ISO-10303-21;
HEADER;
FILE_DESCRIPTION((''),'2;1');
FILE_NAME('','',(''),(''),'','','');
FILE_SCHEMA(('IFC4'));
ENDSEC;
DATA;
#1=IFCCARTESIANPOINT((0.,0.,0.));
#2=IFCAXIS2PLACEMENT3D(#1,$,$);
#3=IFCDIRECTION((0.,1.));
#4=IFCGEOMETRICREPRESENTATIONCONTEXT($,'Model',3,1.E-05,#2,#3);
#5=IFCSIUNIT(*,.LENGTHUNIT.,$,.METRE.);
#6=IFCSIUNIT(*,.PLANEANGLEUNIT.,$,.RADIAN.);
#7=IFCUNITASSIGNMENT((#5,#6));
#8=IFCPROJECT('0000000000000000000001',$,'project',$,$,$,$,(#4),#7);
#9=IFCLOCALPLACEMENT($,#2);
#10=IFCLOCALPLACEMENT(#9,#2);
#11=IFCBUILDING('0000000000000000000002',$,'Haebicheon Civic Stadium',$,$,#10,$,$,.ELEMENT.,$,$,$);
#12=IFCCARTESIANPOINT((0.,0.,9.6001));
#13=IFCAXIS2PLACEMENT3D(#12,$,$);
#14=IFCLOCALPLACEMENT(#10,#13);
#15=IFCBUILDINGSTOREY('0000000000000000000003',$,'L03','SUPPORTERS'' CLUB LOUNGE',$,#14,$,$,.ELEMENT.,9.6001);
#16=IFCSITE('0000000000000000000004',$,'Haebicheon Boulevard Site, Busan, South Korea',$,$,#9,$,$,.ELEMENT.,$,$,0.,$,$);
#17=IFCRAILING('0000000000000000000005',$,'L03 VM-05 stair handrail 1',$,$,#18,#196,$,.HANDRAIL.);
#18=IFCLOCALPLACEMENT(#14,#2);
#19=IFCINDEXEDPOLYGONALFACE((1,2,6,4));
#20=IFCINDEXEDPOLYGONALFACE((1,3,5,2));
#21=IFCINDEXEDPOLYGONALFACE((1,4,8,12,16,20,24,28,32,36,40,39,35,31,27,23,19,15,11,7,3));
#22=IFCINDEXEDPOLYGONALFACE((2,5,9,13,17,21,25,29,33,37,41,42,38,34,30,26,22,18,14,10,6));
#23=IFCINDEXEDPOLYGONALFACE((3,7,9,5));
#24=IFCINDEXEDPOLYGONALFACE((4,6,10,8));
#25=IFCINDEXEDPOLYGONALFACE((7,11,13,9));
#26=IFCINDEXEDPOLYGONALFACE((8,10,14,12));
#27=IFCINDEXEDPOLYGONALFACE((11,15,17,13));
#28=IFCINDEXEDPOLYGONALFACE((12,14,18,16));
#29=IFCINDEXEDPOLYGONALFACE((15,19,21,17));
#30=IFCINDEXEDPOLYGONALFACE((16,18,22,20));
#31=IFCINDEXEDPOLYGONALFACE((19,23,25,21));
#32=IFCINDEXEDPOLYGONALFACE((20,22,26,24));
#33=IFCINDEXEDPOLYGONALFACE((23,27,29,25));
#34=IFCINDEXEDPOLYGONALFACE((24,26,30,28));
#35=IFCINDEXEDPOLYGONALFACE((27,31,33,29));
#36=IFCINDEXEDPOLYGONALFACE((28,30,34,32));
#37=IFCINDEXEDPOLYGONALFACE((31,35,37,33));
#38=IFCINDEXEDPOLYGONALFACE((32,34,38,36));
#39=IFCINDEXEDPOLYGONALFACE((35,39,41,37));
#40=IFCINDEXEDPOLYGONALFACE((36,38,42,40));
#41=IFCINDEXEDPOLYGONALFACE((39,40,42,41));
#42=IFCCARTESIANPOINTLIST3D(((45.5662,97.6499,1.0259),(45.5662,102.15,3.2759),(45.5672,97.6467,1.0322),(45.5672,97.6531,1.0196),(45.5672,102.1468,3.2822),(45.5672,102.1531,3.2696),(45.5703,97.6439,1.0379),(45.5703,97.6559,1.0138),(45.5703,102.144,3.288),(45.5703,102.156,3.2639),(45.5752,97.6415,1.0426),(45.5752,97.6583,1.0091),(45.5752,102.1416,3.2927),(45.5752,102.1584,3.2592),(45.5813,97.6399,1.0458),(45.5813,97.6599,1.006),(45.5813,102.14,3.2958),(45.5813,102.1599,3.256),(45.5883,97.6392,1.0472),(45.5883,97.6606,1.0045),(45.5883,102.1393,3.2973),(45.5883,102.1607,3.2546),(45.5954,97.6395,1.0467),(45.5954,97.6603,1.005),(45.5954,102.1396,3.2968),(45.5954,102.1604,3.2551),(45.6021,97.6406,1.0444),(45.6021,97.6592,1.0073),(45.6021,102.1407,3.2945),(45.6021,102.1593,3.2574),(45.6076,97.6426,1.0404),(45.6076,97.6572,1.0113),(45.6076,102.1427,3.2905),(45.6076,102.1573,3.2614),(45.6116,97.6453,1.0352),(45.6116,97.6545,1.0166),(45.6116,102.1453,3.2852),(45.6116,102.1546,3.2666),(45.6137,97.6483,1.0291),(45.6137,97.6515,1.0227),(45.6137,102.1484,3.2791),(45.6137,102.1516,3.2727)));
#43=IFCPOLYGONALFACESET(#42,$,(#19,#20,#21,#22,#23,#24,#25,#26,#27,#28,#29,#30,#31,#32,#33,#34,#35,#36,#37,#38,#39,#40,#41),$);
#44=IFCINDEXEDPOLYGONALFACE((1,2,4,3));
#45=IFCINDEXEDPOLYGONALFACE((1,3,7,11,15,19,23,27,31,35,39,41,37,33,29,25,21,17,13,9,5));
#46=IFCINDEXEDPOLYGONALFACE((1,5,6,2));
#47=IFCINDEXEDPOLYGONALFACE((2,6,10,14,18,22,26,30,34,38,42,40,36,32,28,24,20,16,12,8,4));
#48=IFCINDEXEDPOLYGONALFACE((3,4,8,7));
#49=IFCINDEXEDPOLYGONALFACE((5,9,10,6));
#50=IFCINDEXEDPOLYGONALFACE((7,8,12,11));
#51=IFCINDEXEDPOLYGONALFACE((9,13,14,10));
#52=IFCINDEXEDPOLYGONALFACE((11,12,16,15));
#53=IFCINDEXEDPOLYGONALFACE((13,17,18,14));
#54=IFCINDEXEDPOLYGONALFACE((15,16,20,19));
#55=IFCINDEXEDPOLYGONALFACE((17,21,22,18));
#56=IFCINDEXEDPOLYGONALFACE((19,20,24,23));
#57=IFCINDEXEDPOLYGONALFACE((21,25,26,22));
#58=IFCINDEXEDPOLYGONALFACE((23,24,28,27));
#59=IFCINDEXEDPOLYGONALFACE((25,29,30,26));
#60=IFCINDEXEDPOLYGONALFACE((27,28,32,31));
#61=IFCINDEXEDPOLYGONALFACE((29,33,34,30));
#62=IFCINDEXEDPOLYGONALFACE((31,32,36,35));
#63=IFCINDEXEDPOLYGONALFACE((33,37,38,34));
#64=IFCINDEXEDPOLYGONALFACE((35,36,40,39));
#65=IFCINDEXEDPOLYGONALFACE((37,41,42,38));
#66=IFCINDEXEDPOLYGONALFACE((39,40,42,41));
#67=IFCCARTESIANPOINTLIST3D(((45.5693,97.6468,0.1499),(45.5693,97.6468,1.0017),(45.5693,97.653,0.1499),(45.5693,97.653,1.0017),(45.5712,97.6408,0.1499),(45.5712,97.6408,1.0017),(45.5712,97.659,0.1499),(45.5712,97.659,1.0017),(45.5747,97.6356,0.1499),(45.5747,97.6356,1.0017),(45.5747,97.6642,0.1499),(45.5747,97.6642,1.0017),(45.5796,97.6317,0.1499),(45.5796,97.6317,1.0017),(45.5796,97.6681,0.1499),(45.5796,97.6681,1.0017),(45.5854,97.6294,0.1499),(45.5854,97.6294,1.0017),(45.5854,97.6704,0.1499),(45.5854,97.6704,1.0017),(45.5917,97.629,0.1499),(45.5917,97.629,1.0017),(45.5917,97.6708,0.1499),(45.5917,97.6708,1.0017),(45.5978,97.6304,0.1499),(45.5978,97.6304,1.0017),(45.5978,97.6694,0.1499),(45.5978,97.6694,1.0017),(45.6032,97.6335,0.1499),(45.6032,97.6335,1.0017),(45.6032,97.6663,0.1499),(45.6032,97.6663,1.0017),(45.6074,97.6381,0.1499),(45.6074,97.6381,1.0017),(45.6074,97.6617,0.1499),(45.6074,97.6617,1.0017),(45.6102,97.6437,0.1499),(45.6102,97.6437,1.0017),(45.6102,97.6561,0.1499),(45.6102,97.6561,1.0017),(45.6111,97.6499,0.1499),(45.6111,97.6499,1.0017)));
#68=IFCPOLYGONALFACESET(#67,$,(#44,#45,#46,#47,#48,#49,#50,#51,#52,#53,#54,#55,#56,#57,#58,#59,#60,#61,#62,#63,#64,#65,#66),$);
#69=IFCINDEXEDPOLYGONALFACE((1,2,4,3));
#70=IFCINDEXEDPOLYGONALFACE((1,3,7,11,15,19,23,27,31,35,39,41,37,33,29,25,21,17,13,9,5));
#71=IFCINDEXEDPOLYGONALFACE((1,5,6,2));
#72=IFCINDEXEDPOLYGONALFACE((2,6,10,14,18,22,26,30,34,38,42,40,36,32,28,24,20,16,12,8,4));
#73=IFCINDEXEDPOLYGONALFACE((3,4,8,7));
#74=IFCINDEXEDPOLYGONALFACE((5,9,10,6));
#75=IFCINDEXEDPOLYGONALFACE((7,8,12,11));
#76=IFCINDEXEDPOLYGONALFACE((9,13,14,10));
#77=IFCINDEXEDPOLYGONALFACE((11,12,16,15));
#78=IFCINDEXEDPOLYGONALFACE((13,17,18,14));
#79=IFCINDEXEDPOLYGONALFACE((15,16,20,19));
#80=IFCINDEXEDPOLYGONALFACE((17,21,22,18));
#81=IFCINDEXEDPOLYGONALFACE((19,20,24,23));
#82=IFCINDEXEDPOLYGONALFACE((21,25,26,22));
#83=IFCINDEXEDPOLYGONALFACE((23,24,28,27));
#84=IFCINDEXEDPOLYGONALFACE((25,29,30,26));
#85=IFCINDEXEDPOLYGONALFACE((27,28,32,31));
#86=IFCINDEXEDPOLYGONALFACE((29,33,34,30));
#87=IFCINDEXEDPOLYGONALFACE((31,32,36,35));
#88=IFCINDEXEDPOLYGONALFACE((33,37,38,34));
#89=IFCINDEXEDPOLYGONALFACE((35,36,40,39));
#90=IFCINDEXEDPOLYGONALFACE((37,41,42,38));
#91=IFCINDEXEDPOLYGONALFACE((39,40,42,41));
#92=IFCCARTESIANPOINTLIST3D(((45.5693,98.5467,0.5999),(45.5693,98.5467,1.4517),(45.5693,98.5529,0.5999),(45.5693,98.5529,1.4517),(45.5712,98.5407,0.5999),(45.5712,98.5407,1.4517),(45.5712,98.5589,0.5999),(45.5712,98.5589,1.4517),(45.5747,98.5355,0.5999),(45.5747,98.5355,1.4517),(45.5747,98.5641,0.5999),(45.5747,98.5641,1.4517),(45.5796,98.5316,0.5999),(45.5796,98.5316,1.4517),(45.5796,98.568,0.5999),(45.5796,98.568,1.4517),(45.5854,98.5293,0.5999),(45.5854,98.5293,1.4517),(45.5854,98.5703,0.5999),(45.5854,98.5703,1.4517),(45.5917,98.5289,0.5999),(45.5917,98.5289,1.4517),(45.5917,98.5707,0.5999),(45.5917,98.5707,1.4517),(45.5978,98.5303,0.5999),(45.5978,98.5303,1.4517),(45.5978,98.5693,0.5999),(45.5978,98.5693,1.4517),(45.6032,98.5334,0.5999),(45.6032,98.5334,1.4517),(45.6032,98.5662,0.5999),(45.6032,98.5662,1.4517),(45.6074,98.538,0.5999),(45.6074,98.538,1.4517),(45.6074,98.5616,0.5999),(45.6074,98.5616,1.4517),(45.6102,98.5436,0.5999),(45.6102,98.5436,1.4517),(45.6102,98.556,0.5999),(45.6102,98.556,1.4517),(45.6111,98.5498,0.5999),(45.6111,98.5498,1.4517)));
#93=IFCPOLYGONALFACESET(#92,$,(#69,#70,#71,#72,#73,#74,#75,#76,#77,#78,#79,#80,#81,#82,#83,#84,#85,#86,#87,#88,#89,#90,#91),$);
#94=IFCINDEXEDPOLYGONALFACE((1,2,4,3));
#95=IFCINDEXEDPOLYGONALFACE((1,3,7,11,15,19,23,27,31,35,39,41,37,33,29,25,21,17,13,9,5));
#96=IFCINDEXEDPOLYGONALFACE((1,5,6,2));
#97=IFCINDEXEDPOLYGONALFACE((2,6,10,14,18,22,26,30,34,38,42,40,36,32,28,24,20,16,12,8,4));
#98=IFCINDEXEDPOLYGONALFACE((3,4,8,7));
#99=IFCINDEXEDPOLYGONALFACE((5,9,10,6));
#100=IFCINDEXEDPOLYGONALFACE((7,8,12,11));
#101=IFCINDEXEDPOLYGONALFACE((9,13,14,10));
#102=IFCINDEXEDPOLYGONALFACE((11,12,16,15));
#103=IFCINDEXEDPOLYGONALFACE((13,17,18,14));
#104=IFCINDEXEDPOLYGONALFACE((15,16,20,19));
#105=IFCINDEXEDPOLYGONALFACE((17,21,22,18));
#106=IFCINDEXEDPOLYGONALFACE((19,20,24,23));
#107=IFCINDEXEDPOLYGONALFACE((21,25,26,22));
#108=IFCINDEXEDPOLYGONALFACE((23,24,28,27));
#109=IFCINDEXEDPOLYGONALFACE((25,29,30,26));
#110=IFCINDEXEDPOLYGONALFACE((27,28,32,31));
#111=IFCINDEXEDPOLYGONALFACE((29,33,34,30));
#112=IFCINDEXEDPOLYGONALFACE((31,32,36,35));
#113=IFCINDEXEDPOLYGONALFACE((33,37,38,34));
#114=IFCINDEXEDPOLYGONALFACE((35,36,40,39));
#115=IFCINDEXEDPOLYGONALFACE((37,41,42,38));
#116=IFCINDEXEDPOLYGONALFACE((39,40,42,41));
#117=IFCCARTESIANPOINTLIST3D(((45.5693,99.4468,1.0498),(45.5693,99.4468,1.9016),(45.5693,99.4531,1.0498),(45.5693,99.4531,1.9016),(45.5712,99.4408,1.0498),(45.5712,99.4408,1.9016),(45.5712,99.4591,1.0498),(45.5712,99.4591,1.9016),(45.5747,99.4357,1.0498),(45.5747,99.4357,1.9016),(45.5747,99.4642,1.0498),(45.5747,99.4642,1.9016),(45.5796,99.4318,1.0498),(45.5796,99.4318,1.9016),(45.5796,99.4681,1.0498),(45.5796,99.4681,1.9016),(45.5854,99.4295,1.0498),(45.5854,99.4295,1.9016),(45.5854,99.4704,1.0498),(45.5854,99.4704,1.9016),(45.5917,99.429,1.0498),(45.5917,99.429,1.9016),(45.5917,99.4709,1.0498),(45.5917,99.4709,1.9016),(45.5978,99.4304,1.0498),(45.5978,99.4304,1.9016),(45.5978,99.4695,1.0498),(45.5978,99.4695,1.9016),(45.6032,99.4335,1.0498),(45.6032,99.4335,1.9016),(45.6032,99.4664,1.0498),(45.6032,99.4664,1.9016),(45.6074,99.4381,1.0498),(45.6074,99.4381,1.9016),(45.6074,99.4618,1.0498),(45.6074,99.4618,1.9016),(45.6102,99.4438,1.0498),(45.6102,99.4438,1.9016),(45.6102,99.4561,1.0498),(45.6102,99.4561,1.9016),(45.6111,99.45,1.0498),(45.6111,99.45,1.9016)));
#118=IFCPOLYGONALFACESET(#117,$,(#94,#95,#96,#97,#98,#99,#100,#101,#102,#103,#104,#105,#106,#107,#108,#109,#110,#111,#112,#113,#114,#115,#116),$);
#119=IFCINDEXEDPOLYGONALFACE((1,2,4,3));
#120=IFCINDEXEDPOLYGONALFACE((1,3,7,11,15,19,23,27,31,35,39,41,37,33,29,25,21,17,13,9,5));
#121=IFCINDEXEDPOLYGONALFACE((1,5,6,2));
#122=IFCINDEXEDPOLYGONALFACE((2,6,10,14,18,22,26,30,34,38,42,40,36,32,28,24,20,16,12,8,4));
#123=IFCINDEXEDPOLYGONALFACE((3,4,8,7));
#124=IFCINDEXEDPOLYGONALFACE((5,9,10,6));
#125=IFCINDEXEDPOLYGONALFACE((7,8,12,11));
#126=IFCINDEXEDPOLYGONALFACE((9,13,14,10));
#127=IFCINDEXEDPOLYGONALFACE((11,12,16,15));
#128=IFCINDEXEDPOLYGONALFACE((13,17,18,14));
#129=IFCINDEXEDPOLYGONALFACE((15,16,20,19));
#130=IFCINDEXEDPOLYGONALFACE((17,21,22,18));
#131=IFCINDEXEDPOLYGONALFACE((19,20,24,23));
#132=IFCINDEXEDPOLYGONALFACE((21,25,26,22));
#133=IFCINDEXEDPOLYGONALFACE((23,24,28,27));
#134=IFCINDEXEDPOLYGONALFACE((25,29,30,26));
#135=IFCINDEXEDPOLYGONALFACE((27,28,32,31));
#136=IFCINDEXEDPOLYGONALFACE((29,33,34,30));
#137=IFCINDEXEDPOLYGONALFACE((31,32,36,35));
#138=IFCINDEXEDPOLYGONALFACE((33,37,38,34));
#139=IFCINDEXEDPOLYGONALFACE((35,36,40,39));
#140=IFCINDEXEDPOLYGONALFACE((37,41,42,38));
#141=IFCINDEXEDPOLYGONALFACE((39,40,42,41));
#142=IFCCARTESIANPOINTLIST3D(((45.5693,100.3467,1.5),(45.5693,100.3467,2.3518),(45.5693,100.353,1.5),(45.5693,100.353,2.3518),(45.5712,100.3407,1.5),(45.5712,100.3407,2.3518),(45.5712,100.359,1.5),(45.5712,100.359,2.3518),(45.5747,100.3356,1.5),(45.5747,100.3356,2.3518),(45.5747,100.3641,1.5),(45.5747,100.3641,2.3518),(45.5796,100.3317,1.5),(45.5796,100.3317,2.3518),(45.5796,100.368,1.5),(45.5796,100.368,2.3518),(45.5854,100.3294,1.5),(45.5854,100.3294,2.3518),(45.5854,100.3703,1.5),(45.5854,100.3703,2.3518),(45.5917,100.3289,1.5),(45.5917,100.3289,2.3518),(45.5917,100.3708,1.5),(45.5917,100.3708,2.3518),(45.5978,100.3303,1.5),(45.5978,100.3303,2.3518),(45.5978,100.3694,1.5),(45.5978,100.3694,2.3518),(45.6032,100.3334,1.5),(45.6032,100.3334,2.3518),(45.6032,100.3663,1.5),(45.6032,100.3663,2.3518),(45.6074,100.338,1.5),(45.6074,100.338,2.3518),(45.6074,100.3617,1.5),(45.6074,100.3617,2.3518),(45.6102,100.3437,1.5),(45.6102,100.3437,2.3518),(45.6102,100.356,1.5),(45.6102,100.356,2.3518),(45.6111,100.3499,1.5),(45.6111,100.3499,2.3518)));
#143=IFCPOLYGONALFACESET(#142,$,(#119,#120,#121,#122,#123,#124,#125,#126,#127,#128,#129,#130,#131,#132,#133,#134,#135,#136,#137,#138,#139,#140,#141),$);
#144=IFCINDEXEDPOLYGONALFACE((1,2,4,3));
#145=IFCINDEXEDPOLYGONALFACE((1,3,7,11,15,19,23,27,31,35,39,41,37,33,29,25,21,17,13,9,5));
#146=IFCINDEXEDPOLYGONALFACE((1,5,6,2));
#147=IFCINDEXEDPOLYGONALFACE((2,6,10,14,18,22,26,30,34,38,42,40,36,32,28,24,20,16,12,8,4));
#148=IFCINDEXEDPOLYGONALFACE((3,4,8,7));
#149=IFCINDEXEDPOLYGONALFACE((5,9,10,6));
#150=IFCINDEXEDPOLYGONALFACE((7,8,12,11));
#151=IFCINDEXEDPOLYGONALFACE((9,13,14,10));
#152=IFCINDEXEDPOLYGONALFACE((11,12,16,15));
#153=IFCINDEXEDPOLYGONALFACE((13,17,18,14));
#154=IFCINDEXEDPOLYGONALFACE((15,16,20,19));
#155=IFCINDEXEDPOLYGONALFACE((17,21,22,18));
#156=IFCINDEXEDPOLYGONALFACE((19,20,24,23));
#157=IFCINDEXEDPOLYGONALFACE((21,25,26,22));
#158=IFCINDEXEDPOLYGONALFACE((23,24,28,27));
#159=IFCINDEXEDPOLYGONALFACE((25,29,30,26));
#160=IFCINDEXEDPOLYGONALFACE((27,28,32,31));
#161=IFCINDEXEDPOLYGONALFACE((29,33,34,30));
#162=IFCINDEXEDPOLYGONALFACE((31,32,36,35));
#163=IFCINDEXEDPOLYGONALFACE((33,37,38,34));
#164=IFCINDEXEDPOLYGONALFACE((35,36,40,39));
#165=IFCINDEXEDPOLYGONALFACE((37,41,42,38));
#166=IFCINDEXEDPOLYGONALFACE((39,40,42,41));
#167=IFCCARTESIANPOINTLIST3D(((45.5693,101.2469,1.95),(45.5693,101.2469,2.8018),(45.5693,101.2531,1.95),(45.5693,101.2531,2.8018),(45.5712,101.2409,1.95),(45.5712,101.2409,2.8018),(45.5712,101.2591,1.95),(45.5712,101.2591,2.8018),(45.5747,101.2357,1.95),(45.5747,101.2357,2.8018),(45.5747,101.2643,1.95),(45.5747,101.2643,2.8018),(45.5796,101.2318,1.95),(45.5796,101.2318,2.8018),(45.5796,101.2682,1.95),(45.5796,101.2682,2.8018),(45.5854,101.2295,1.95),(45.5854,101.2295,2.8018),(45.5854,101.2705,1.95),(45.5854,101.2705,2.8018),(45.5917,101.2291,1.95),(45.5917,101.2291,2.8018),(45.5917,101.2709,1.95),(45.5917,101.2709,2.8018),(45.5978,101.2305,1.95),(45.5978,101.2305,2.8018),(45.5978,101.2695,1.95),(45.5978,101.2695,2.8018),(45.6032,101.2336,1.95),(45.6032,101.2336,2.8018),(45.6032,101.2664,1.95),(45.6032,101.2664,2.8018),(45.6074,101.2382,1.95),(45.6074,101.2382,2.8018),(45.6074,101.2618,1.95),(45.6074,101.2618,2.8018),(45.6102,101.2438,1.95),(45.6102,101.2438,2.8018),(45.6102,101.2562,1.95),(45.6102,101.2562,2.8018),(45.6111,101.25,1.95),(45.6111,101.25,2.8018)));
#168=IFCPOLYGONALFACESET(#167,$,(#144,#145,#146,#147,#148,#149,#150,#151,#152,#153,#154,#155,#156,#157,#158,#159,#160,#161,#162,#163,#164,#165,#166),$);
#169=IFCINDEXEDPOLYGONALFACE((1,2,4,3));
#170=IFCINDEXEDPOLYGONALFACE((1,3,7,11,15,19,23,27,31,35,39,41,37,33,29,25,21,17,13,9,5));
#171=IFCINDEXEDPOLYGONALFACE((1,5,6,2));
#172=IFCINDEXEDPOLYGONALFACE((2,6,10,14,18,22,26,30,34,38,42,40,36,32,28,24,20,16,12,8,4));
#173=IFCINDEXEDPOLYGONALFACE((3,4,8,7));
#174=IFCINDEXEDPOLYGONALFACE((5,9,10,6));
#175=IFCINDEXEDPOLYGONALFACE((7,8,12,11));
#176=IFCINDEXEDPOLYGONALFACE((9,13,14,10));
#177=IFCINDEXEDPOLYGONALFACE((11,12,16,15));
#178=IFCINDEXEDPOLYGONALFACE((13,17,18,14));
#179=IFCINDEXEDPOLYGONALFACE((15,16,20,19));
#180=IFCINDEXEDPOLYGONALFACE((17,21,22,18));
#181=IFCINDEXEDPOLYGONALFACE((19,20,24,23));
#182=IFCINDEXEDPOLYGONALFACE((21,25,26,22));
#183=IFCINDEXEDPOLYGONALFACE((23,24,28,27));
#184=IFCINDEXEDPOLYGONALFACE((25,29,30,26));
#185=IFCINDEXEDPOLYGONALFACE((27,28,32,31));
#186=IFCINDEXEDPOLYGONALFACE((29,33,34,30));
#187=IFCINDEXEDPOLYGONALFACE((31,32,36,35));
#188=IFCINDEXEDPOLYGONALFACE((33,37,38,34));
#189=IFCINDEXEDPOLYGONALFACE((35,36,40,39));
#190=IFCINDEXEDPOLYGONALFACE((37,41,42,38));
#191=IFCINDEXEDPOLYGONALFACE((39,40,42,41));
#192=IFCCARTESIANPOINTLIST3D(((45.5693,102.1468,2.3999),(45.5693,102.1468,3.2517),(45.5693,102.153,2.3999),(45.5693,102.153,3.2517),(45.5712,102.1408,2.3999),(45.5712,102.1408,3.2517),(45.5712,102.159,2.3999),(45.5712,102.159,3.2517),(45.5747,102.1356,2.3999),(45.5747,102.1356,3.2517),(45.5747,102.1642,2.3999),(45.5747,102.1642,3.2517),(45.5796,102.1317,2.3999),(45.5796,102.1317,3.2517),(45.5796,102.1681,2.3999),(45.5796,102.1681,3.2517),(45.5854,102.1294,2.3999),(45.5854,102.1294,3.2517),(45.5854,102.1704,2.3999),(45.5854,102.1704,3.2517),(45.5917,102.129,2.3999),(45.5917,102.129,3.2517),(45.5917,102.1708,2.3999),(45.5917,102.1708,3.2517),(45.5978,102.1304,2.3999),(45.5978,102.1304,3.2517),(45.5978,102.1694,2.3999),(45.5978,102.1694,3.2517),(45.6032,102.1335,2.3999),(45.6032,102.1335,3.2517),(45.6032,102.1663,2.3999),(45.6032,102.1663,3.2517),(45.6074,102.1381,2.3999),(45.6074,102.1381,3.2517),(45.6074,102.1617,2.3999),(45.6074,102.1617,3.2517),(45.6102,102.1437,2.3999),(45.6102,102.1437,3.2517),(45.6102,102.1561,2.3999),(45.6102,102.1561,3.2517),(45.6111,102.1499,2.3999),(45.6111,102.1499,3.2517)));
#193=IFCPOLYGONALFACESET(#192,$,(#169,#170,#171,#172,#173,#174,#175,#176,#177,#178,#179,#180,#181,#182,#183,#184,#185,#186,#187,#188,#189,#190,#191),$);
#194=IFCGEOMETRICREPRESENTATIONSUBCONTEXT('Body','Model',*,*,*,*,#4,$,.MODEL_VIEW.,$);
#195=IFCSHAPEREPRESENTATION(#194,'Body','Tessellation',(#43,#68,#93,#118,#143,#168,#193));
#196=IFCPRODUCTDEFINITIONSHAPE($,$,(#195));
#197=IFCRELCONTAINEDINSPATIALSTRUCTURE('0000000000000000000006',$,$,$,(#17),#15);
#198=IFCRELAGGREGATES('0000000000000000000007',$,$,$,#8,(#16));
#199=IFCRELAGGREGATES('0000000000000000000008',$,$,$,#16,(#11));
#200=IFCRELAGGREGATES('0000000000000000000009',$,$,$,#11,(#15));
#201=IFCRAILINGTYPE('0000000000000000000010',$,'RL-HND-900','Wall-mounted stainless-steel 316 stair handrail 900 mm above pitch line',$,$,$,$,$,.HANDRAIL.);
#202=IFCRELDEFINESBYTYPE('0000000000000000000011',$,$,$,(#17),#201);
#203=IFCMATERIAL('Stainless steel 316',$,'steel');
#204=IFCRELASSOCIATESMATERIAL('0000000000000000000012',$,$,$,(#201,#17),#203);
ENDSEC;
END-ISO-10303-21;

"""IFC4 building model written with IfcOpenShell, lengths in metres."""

from ifc_helpers import new_model, si_unit, direction, frame, origin, origin_2d, place, context, subcontext, project, spatial, circle, extrude, material, type_object, element, save


model = new_model("IFC4")

# Units and contexts
model_context = context("Model", 3, precision=1e-05, world=origin(), true_north=direction((0.0, 1.0)))
body_context = subcontext(model_context, "Body", "Model", "MODEL_VIEW")
ifc_project = project(units=[si_unit("LENGTHUNIT", "METRE"), si_unit("PLANEANGLEUNIT", "RADIAN")], contexts=[model_context])

# Site, building, storey
site_placement = place(None, origin())
site = spatial("IfcSite", under=ifc_project, at=site_placement, Name="Haebicheon Boulevard Site, Busan, South Korea", CompositionType="ELEMENT", RefElevation=0.0)
building_placement = place(site_placement, origin())
building = spatial("IfcBuilding", under=site, at=building_placement, Name="Haebicheon Civic Stadium", CompositionType="ELEMENT")
storey_placement = place(building_placement, frame((0.0, 0.0, 9.6001)))
storey = spatial("IfcBuildingStorey", under=building, at=storey_placement, Name="L03", Description="SUPPORTERS' CLUB LOUNGE", CompositionType="ELEMENT", Elevation=9.6001)

# Railing
ifc_material_1 = material(Name="Stainless steel 316", Category="steel")
railing_type_1 = type_object("IfcRailingType", Name="RL-HND-900", Description="Wall-mounted stainless-steel 316 stair handrail 900 mm above pitch line", PredefinedType="HANDRAIL", material=ifc_material_1)
railing_1_placement = place(storey_placement, frame((45.5901, 97.6499, 0.1499)))
element("IfcRailing", 1, at=railing_1_placement, inside=storey, type_object=railing_type_1, material=ifc_material_1, Name="L03 VM-05 stair handrail 1", PredefinedType="HANDRAIL", context=body_context, shape_type="SweptSolid", body=[
    extrude(circle(Radius=0.0239, at=origin_2d()), frame((0.0, 0.0, 0.876), z_axis=(0.0, 0.894427, 0.447214), x_axis=(-1.0, 0.0, 0.0)), (0.0, 0.0, 1.0), 5.0312),
    extrude(circle(Radius=0.021, at=origin_2d()), origin(), (0.0, 0.0, 1.0), 0.8518),
    extrude(circle(Radius=0.021, at=origin_2d()), frame((0.0, 0.8999, 0.45)), (0.0, 0.0, 1.0), 0.8518),
    extrude(circle(Radius=0.021, at=origin_2d()), frame((0.0, 1.8, 0.8999)), (0.0, 0.0, 1.0), 0.8518),
    extrude(circle(Radius=0.021, at=origin_2d()), frame((0.0, 2.7, 1.3501)), (0.0, 0.0, 1.0), 0.8518),
    extrude(circle(Radius=0.021, at=origin_2d()), frame((0.0, 3.6001, 1.8)), (0.0, 0.0, 1.0), 0.8518),
    extrude(circle(Radius=0.021, at=origin_2d()), frame((0.0, 4.5, 2.25)), (0.0, 0.0, 1.0), 0.8518),
])

save(model, "model.ifc")
